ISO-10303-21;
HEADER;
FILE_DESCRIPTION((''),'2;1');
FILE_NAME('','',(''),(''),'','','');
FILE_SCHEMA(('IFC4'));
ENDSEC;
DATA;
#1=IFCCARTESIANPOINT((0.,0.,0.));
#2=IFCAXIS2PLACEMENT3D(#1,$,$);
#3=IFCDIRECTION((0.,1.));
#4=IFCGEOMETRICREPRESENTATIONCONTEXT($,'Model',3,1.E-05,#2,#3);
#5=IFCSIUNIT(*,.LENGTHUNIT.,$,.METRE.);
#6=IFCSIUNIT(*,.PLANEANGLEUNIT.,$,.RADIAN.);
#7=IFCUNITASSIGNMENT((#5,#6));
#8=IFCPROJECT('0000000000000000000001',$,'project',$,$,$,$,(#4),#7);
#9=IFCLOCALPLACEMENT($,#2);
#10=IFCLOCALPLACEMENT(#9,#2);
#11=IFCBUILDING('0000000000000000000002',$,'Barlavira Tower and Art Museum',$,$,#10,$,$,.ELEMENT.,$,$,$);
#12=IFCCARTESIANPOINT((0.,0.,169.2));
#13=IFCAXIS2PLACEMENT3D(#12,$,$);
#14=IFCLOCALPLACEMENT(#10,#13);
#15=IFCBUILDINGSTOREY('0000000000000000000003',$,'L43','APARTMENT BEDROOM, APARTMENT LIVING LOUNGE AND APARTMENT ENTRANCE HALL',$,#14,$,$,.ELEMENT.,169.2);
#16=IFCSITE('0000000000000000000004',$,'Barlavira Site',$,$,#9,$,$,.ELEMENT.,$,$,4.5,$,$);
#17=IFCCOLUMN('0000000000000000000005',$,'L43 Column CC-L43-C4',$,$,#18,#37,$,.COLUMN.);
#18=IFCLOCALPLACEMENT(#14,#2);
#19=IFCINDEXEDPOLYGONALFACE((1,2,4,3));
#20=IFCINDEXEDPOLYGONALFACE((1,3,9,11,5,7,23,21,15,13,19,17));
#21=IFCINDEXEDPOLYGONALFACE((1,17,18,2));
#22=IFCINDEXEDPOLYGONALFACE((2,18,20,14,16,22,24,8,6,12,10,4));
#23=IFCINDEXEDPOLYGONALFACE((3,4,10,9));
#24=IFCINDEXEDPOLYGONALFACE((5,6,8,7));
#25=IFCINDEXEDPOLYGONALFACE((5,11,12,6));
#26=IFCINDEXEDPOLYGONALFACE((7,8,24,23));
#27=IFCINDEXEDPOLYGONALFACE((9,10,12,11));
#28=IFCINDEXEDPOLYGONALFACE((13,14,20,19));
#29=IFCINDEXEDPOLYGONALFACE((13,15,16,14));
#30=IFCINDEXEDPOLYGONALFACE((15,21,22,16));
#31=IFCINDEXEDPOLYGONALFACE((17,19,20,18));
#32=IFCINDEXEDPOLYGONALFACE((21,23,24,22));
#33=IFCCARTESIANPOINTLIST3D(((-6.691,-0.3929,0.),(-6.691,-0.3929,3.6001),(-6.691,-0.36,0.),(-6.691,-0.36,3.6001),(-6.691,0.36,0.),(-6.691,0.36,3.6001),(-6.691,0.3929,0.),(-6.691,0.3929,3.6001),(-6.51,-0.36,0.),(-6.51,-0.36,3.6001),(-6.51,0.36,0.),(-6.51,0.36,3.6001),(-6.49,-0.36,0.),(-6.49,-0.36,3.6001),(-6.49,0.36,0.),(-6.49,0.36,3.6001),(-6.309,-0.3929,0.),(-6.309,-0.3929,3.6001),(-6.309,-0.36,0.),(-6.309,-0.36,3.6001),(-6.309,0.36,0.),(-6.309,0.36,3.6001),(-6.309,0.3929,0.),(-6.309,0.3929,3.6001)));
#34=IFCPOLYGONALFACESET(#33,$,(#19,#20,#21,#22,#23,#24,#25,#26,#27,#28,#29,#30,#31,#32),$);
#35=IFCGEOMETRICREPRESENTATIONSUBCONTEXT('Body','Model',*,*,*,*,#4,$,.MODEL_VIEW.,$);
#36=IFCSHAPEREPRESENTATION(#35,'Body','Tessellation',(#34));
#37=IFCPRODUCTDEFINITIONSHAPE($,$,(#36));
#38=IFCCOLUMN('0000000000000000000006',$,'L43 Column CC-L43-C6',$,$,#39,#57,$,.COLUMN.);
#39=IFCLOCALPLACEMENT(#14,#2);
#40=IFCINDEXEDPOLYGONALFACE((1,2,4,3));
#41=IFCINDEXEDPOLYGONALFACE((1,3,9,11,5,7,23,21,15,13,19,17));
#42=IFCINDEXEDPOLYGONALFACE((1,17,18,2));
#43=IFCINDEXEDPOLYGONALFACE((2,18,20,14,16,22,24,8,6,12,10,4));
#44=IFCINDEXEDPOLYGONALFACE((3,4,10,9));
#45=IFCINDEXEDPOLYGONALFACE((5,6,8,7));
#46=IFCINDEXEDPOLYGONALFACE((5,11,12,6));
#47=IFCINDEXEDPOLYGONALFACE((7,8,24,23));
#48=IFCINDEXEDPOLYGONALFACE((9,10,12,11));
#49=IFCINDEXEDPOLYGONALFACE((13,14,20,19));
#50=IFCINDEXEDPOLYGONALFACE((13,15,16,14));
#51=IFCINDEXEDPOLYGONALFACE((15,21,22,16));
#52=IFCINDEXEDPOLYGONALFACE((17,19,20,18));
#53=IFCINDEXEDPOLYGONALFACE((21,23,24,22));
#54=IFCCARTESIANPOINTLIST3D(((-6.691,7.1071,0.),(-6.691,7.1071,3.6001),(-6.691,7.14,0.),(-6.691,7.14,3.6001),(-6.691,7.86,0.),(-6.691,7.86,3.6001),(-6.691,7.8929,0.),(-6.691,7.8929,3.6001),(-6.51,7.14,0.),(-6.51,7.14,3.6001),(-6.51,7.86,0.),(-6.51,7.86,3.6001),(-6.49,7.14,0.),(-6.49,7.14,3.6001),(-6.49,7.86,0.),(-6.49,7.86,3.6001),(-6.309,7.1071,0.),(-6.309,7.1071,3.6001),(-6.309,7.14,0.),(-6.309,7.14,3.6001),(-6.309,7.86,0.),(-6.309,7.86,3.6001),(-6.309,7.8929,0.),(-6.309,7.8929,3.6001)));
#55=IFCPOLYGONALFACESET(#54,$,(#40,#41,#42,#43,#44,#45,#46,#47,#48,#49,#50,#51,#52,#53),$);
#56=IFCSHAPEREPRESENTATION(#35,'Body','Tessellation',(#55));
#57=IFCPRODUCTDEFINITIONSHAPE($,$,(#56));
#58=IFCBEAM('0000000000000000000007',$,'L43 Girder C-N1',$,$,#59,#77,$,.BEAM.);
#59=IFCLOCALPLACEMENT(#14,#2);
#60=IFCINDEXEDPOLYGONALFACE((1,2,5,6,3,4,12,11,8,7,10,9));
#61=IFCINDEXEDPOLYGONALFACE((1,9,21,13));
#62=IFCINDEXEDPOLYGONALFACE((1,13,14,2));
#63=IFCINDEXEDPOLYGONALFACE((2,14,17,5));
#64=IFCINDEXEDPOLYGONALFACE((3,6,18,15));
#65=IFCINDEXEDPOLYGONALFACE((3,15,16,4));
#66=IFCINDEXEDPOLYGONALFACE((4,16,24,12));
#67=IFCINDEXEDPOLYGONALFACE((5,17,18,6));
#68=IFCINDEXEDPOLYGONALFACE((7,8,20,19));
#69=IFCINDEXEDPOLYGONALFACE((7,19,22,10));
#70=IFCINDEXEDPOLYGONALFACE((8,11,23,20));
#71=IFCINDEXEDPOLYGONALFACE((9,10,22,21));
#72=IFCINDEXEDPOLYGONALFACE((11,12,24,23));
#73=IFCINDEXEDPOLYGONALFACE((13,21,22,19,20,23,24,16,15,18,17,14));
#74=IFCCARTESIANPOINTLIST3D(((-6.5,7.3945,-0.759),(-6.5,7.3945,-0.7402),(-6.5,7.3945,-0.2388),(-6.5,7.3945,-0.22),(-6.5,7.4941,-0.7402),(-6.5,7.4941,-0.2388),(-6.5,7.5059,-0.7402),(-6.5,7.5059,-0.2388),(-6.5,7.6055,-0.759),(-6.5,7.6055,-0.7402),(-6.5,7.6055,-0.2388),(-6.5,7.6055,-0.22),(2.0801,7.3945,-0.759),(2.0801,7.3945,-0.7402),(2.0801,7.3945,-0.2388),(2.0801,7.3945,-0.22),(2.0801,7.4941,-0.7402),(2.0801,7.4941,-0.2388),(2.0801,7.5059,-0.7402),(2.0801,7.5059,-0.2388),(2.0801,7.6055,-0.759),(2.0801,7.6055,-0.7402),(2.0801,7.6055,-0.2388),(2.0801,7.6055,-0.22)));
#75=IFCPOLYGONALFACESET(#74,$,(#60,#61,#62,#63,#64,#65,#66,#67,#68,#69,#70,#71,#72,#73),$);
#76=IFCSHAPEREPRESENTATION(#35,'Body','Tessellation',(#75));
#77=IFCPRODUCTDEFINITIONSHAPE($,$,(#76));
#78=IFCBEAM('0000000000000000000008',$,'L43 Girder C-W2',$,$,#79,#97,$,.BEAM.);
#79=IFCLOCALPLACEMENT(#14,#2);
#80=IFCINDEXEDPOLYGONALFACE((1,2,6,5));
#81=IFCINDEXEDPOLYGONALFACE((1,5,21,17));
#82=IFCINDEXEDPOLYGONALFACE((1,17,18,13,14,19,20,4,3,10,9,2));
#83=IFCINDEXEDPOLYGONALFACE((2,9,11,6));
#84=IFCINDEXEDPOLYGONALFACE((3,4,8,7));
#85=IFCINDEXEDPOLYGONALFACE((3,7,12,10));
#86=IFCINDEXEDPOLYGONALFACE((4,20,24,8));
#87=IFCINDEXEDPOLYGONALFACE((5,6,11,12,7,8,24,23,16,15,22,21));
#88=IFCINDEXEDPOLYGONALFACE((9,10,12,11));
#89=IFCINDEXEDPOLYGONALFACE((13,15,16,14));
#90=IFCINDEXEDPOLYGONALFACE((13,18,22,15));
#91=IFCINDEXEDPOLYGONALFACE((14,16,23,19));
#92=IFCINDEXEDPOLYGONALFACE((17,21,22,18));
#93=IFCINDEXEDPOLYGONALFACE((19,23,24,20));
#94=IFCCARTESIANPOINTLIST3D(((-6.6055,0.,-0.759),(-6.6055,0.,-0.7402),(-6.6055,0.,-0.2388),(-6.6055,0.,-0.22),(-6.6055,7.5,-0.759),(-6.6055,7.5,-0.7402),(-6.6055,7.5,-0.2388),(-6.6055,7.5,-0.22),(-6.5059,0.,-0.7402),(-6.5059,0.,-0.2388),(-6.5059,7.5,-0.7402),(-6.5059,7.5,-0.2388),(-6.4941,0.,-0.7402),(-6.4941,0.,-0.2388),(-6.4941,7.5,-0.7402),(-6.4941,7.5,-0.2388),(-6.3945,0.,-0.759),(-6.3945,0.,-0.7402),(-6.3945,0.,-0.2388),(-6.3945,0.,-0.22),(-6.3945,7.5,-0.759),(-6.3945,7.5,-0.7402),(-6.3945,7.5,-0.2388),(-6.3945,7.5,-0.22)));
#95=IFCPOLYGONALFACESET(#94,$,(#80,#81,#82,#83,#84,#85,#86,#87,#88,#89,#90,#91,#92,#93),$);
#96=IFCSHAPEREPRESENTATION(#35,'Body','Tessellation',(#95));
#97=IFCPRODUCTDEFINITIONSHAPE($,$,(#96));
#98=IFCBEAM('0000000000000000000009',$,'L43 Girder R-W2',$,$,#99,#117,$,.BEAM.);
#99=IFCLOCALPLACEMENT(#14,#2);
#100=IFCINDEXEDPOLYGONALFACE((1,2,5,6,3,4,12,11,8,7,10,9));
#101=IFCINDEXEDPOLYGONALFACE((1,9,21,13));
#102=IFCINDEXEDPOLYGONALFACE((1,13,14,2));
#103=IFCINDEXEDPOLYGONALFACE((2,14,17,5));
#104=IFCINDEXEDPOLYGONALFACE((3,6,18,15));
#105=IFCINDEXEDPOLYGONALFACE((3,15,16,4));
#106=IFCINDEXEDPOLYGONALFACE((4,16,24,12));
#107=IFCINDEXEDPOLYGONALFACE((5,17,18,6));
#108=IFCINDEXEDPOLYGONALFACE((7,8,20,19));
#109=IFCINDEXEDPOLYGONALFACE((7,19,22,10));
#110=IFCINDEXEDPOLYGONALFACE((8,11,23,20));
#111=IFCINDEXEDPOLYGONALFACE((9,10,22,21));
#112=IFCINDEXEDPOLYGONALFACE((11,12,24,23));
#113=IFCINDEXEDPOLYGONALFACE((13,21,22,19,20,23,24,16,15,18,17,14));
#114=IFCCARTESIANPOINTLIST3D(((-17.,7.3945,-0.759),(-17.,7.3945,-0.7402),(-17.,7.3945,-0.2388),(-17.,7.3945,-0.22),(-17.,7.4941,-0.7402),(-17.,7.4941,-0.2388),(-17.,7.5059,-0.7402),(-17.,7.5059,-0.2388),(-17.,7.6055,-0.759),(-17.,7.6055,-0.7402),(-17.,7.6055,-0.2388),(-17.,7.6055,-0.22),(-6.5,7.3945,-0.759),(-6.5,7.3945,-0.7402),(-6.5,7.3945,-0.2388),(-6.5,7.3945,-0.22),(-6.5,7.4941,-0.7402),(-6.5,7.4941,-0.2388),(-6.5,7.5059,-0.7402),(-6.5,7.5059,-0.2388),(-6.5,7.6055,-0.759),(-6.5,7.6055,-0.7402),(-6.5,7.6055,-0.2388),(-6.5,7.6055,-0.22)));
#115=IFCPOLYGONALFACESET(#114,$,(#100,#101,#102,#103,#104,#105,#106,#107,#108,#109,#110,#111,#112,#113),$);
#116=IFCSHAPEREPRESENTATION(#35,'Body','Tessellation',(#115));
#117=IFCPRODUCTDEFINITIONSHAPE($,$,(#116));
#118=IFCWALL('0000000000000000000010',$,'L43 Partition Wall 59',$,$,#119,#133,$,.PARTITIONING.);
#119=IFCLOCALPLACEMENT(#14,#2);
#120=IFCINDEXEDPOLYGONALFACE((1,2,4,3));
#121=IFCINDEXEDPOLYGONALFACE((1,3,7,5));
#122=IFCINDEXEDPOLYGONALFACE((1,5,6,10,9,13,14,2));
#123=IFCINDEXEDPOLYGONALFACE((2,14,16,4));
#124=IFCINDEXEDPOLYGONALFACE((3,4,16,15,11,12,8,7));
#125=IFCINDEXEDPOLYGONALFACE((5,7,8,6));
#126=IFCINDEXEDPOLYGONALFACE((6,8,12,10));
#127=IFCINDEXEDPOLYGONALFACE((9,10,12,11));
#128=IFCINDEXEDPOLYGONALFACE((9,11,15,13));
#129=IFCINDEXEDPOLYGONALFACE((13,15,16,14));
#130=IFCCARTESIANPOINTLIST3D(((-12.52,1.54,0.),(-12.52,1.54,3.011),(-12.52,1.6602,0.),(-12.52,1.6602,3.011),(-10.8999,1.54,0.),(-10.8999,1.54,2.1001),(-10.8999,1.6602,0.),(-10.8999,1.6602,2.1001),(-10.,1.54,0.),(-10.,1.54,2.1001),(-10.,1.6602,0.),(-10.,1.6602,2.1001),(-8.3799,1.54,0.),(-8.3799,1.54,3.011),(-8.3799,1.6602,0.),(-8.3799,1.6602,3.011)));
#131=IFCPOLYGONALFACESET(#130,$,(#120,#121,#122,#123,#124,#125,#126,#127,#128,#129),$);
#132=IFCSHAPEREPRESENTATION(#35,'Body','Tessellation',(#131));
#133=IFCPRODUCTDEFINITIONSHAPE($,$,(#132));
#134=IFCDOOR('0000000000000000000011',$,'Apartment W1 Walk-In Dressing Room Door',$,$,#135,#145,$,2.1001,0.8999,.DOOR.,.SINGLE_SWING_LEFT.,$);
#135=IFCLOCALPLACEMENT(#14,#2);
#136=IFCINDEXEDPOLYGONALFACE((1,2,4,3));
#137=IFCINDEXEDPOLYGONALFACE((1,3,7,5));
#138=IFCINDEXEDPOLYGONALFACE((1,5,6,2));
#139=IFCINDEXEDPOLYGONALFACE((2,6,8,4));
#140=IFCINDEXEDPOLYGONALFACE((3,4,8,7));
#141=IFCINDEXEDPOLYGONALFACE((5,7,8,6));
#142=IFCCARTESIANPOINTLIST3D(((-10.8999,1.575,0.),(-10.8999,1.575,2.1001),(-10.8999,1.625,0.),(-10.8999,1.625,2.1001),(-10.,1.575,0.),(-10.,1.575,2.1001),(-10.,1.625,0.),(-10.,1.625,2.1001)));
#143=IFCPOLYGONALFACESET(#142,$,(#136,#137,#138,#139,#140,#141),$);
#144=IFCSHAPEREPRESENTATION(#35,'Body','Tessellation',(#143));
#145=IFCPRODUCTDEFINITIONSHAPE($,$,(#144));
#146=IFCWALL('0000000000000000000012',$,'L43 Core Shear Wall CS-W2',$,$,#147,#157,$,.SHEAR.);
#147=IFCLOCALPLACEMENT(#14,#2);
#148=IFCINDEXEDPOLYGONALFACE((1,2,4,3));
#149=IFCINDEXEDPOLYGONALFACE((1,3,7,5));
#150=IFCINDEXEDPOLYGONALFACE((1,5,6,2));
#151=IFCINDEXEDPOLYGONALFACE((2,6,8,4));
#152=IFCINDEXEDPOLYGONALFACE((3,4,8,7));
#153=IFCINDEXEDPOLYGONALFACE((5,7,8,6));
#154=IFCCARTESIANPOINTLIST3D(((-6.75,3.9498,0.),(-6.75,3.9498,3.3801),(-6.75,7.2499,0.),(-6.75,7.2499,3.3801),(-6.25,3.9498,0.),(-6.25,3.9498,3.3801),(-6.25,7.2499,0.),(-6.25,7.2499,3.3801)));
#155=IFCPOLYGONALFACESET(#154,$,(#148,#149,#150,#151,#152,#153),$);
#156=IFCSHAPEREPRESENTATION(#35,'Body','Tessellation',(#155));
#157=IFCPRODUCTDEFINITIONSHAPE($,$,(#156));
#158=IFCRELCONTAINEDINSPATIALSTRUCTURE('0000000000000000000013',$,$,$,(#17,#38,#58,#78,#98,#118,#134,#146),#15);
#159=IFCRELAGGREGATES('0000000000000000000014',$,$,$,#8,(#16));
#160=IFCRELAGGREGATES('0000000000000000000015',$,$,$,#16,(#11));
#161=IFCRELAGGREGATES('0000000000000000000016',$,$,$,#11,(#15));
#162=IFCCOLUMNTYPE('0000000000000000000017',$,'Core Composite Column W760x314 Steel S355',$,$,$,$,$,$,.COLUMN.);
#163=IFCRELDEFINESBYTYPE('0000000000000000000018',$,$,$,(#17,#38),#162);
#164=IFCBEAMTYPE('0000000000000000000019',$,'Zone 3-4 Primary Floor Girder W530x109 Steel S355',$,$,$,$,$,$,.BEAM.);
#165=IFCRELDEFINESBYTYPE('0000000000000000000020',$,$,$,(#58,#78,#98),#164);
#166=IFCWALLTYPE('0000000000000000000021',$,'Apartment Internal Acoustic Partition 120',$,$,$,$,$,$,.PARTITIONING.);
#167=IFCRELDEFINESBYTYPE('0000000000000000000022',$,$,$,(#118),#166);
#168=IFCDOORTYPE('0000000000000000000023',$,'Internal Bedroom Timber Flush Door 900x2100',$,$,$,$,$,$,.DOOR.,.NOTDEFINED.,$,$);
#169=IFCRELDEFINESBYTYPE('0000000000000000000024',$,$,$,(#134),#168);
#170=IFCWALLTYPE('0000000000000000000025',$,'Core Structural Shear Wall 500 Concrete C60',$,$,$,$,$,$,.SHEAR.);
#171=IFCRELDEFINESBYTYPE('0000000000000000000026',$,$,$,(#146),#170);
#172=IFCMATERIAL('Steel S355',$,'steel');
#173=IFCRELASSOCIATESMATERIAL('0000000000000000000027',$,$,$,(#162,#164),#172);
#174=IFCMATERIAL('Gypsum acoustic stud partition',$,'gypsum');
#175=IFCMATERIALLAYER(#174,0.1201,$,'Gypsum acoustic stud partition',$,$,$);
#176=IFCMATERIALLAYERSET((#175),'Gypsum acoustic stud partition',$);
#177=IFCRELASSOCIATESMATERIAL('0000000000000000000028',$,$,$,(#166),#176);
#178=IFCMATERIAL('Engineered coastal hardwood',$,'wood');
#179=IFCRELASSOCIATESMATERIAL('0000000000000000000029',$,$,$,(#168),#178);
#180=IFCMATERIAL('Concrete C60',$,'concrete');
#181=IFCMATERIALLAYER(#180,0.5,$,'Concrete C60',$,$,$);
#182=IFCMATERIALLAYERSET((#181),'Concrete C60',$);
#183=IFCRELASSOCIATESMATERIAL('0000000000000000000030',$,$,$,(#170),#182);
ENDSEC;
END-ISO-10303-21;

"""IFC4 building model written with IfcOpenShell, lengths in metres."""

from ifc_helpers import new_model, si_unit, direction, frame, frame_2d, origin, origin_2d, place, context, subcontext, project, spatial, rectangle, i_section, extrude, material, layer, layer_set, material_profile, profile_set, type_object, element, fill, save


model = new_model("IFC4")

# Units and contexts
model_context = context("Model", 3, precision=1e-05, world=origin(), true_north=direction((0.0, 1.0)))
body_context = subcontext(model_context, "Body", "Model", "MODEL_VIEW")
ifc_project = project(units=[si_unit("LENGTHUNIT", "METRE"), si_unit("PLANEANGLEUNIT", "RADIAN")], contexts=[model_context])

# Site, building, storey
site_placement = place(None, origin())
site = spatial("IfcSite", under=ifc_project, at=site_placement, Name="Barlavira Site", CompositionType="ELEMENT", RefElevation=4.5)
building_placement = place(site_placement, origin())
building = spatial("IfcBuilding", under=site, at=building_placement, Name="Barlavira Tower and Art Museum", CompositionType="ELEMENT")
storey_placement = place(building_placement, frame((0.0, 0.0, 169.2)))
storey = spatial("IfcBuildingStorey", under=building, at=storey_placement, Name="L43", Description="APARTMENT BEDROOM, APARTMENT LIVING LOUNGE AND APARTMENT ENTRANCE HALL", CompositionType="ELEMENT", Elevation=169.2)

# Columns
ifc_material_1 = material(Name="Steel S355", Category="steel")
ifc_material_profile_1 = material_profile(ifc_material_1, i_section(OverallWidth=0.3821, OverallDepth=0.7859, WebThickness=0.02, FlangeThickness=0.033, at=origin_2d()), Name="W760x314.0")
ifc_profile_set_1 = profile_set([ifc_material_profile_1], Name="Steel S355")
column_type = type_object("IfcColumnType", Name="Core Composite Column W760x314 Steel S355", PredefinedType="COLUMN", material=ifc_profile_set_1)
for number, where, z_axis, x_axis, name in (
    (1, (-6.5, 0.0, 0.0), (0.0, 0.0, 1.0), (1.0, 0.0, 0.0), "L43 Column CC-L43-C4"),
    (2, (-6.5, 7.5, 0.0), (0.0, 0.0, 1.0), (1.0, 0.0, 0.0), "L43 Column CC-L43-C6"),
):
    element("IfcColumn", number, at=place(storey_placement, frame(where, z_axis=z_axis, x_axis=x_axis)), inside=storey, type_object=column_type, Name=name, PredefinedType="COLUMN", context=body_context, shape_type="SweptSolid", body=[
        extrude(i_section(OverallWidth=0.3821, OverallDepth=0.7859, WebThickness=0.02, FlangeThickness=0.033, at=origin_2d()), origin(), (0.0, 0.0, 1.0), 3.6001),
    ])

# Beams
ifc_material_profile_2 = material_profile(ifc_material_1, i_section(OverallWidth=0.2109, OverallDepth=0.5391, WebThickness=0.0117, FlangeThickness=0.0188, at=origin_2d()), Name="W530x109.0")
ifc_profile_set_2 = profile_set([ifc_material_profile_2], Name="Steel S355")
beam_type = type_object("IfcBeamType", Name="Zone 3-4 Primary Floor Girder W530x109 Steel S355", PredefinedType="BEAM", material=ifc_profile_set_2)
beam_1_placement = place(storey_placement, frame((-6.5, 7.5, -0.4895), z_axis=(1.0, 0.0, 0.0), x_axis=(0.0, 1.0, 0.0)))
element("IfcBeam", 3, at=beam_1_placement, inside=storey, type_object=beam_type, Name="L43 Girder C-N1", PredefinedType="BEAM", context=body_context, shape_type="SweptSolid", body=[
    extrude(i_section(OverallWidth=0.2109, OverallDepth=0.5391, WebThickness=0.0117, FlangeThickness=0.0188, at=origin_2d()), origin(), (0.0, 0.0, 1.0), 8.5801),
])
beam_2_placement = place(storey_placement, frame((-6.5, 0.0, -0.4895), z_axis=(0.0, 1.0, 0.0), x_axis=(-1.0, 0.0, 0.0)))
element("IfcBeam", 4, at=beam_2_placement, inside=storey, type_object=beam_type, Name="L43 Girder C-W2", PredefinedType="BEAM", context=body_context, shape_type="SweptSolid", body=[
    extrude(i_section(OverallWidth=0.2109, OverallDepth=0.5391, WebThickness=0.0117, FlangeThickness=0.0188, at=origin_2d()), origin(), (0.0, 0.0, 1.0), 7.5),
])
beam_3_placement = place(storey_placement, frame((-17.0, 7.5, -0.4895), z_axis=(1.0, 0.0, 0.0), x_axis=(0.0, 1.0, 0.0)))
element("IfcBeam", 5, at=beam_3_placement, inside=storey, type_object=beam_type, Name="L43 Girder R-W2", PredefinedType="BEAM", context=body_context, shape_type="SweptSolid", body=[
    extrude(i_section(OverallWidth=0.2109, OverallDepth=0.5391, WebThickness=0.0117, FlangeThickness=0.0188, at=origin_2d()), origin(), (0.0, 0.0, 1.0), 10.5),
])

# Wall, opening, door
ifc_material_2 = material(Name="Gypsum acoustic stud partition", Category="gypsum")
ifc_layer_1 = layer(ifc_material_2, 0.1201, Name="Gypsum acoustic stud partition")
ifc_layer_set_1 = layer_set([ifc_layer_1], Name="Gypsum acoustic stud partition")
wall_type_1 = type_object("IfcWallType", Name="Apartment Internal Acoustic Partition 120", PredefinedType="PARTITIONING", material=ifc_layer_set_1)
wall_1_placement = place(storey_placement, frame((-12.52, 1.6001, 0.0), z_axis=(0.0, 0.0, 1.0), x_axis=(1.0, 0.0, 0.0)))
wall_1 = element("IfcWall", 6, at=wall_1_placement, inside=storey, type_object=wall_type_1, Name="L43 Partition Wall 59", PredefinedType="PARTITIONING", context=body_context, shape_type="SweptSolid", body=[
    extrude(rectangle(XDim=4.1401, YDim=0.1201, at=frame_2d((2.0701, 0.0))), origin(), (0.0, 0.0, 1.0), 3.011),
])
opening_1_placement = place(wall_1_placement, frame((1.6201, 0.0, 0.0)))
opening_1 = element("IfcOpeningElement", 7, at=opening_1_placement, cuts=wall_1, PredefinedType="OPENING", context=body_context, shape_type="SweptSolid", body=[
    extrude(rectangle(XDim=0.8999, YDim=2.1001, at=frame_2d((0.45, 1.05))), frame((0.0, 0.0701, 0.0), z_axis=(0.0, -1.0, 0.0), x_axis=(1.0, 0.0, 0.0)), (0.0, 0.0, 1.0), 0.1401),
])
ifc_material_3 = material(Name="Engineered coastal hardwood", Category="wood")
door_type_1 = type_object("IfcDoorType", Name="Internal Bedroom Timber Flush Door 900x2100", OperationType="NOTDEFINED", PredefinedType="DOOR", material=ifc_material_3)
door_1_placement = place(opening_1_placement, origin())
door_1 = element("IfcDoor", 8, at=door_1_placement, inside=storey, type_object=door_type_1, Name="Apartment W1 Walk-In Dressing Room Door", OperationType="SINGLE_SWING_LEFT", OverallHeight=2.1001, OverallWidth=0.8999, PredefinedType="DOOR", context=body_context, shape_type="SweptSolid", body=[
    extrude(rectangle(XDim=0.8999, YDim=2.1001, at=frame_2d((0.45, 1.05))), frame((0.0, 0.0249, 0.0), z_axis=(0.0, -1.0, 0.0), x_axis=(1.0, 0.0, 0.0)), (0.0, 0.0, 1.0), 0.05),
])
fill(opening_1, door_1)
ifc_material_4 = material(Name="Concrete C60", Category="concrete")
ifc_layer_2 = layer(ifc_material_4, 0.5, Name="Concrete C60")
ifc_layer_set_2 = layer_set([ifc_layer_2], Name="Concrete C60")
wall_type_2 = type_object("IfcWallType", Name="Core Structural Shear Wall 500 Concrete C60", PredefinedType="SHEAR", material=ifc_layer_set_2)

# Wall
wall_2_placement = place(storey_placement, frame((-6.5, 3.95, 0.0), z_axis=(0.0, 0.0, 1.0), x_axis=(0.0, 1.0, 0.0)))
element("IfcWall", 9, at=wall_2_placement, inside=storey, type_object=wall_type_2, Name="L43 Core Shear Wall CS-W2", PredefinedType="SHEAR", context=body_context, shape_type="SweptSolid", body=[
    extrude(rectangle(XDim=3.3, YDim=0.5, at=frame_2d((1.6499, 0.0))), origin(), (0.0, 0.0, 1.0), 3.3801),
])

save(model, "model.ifc")
